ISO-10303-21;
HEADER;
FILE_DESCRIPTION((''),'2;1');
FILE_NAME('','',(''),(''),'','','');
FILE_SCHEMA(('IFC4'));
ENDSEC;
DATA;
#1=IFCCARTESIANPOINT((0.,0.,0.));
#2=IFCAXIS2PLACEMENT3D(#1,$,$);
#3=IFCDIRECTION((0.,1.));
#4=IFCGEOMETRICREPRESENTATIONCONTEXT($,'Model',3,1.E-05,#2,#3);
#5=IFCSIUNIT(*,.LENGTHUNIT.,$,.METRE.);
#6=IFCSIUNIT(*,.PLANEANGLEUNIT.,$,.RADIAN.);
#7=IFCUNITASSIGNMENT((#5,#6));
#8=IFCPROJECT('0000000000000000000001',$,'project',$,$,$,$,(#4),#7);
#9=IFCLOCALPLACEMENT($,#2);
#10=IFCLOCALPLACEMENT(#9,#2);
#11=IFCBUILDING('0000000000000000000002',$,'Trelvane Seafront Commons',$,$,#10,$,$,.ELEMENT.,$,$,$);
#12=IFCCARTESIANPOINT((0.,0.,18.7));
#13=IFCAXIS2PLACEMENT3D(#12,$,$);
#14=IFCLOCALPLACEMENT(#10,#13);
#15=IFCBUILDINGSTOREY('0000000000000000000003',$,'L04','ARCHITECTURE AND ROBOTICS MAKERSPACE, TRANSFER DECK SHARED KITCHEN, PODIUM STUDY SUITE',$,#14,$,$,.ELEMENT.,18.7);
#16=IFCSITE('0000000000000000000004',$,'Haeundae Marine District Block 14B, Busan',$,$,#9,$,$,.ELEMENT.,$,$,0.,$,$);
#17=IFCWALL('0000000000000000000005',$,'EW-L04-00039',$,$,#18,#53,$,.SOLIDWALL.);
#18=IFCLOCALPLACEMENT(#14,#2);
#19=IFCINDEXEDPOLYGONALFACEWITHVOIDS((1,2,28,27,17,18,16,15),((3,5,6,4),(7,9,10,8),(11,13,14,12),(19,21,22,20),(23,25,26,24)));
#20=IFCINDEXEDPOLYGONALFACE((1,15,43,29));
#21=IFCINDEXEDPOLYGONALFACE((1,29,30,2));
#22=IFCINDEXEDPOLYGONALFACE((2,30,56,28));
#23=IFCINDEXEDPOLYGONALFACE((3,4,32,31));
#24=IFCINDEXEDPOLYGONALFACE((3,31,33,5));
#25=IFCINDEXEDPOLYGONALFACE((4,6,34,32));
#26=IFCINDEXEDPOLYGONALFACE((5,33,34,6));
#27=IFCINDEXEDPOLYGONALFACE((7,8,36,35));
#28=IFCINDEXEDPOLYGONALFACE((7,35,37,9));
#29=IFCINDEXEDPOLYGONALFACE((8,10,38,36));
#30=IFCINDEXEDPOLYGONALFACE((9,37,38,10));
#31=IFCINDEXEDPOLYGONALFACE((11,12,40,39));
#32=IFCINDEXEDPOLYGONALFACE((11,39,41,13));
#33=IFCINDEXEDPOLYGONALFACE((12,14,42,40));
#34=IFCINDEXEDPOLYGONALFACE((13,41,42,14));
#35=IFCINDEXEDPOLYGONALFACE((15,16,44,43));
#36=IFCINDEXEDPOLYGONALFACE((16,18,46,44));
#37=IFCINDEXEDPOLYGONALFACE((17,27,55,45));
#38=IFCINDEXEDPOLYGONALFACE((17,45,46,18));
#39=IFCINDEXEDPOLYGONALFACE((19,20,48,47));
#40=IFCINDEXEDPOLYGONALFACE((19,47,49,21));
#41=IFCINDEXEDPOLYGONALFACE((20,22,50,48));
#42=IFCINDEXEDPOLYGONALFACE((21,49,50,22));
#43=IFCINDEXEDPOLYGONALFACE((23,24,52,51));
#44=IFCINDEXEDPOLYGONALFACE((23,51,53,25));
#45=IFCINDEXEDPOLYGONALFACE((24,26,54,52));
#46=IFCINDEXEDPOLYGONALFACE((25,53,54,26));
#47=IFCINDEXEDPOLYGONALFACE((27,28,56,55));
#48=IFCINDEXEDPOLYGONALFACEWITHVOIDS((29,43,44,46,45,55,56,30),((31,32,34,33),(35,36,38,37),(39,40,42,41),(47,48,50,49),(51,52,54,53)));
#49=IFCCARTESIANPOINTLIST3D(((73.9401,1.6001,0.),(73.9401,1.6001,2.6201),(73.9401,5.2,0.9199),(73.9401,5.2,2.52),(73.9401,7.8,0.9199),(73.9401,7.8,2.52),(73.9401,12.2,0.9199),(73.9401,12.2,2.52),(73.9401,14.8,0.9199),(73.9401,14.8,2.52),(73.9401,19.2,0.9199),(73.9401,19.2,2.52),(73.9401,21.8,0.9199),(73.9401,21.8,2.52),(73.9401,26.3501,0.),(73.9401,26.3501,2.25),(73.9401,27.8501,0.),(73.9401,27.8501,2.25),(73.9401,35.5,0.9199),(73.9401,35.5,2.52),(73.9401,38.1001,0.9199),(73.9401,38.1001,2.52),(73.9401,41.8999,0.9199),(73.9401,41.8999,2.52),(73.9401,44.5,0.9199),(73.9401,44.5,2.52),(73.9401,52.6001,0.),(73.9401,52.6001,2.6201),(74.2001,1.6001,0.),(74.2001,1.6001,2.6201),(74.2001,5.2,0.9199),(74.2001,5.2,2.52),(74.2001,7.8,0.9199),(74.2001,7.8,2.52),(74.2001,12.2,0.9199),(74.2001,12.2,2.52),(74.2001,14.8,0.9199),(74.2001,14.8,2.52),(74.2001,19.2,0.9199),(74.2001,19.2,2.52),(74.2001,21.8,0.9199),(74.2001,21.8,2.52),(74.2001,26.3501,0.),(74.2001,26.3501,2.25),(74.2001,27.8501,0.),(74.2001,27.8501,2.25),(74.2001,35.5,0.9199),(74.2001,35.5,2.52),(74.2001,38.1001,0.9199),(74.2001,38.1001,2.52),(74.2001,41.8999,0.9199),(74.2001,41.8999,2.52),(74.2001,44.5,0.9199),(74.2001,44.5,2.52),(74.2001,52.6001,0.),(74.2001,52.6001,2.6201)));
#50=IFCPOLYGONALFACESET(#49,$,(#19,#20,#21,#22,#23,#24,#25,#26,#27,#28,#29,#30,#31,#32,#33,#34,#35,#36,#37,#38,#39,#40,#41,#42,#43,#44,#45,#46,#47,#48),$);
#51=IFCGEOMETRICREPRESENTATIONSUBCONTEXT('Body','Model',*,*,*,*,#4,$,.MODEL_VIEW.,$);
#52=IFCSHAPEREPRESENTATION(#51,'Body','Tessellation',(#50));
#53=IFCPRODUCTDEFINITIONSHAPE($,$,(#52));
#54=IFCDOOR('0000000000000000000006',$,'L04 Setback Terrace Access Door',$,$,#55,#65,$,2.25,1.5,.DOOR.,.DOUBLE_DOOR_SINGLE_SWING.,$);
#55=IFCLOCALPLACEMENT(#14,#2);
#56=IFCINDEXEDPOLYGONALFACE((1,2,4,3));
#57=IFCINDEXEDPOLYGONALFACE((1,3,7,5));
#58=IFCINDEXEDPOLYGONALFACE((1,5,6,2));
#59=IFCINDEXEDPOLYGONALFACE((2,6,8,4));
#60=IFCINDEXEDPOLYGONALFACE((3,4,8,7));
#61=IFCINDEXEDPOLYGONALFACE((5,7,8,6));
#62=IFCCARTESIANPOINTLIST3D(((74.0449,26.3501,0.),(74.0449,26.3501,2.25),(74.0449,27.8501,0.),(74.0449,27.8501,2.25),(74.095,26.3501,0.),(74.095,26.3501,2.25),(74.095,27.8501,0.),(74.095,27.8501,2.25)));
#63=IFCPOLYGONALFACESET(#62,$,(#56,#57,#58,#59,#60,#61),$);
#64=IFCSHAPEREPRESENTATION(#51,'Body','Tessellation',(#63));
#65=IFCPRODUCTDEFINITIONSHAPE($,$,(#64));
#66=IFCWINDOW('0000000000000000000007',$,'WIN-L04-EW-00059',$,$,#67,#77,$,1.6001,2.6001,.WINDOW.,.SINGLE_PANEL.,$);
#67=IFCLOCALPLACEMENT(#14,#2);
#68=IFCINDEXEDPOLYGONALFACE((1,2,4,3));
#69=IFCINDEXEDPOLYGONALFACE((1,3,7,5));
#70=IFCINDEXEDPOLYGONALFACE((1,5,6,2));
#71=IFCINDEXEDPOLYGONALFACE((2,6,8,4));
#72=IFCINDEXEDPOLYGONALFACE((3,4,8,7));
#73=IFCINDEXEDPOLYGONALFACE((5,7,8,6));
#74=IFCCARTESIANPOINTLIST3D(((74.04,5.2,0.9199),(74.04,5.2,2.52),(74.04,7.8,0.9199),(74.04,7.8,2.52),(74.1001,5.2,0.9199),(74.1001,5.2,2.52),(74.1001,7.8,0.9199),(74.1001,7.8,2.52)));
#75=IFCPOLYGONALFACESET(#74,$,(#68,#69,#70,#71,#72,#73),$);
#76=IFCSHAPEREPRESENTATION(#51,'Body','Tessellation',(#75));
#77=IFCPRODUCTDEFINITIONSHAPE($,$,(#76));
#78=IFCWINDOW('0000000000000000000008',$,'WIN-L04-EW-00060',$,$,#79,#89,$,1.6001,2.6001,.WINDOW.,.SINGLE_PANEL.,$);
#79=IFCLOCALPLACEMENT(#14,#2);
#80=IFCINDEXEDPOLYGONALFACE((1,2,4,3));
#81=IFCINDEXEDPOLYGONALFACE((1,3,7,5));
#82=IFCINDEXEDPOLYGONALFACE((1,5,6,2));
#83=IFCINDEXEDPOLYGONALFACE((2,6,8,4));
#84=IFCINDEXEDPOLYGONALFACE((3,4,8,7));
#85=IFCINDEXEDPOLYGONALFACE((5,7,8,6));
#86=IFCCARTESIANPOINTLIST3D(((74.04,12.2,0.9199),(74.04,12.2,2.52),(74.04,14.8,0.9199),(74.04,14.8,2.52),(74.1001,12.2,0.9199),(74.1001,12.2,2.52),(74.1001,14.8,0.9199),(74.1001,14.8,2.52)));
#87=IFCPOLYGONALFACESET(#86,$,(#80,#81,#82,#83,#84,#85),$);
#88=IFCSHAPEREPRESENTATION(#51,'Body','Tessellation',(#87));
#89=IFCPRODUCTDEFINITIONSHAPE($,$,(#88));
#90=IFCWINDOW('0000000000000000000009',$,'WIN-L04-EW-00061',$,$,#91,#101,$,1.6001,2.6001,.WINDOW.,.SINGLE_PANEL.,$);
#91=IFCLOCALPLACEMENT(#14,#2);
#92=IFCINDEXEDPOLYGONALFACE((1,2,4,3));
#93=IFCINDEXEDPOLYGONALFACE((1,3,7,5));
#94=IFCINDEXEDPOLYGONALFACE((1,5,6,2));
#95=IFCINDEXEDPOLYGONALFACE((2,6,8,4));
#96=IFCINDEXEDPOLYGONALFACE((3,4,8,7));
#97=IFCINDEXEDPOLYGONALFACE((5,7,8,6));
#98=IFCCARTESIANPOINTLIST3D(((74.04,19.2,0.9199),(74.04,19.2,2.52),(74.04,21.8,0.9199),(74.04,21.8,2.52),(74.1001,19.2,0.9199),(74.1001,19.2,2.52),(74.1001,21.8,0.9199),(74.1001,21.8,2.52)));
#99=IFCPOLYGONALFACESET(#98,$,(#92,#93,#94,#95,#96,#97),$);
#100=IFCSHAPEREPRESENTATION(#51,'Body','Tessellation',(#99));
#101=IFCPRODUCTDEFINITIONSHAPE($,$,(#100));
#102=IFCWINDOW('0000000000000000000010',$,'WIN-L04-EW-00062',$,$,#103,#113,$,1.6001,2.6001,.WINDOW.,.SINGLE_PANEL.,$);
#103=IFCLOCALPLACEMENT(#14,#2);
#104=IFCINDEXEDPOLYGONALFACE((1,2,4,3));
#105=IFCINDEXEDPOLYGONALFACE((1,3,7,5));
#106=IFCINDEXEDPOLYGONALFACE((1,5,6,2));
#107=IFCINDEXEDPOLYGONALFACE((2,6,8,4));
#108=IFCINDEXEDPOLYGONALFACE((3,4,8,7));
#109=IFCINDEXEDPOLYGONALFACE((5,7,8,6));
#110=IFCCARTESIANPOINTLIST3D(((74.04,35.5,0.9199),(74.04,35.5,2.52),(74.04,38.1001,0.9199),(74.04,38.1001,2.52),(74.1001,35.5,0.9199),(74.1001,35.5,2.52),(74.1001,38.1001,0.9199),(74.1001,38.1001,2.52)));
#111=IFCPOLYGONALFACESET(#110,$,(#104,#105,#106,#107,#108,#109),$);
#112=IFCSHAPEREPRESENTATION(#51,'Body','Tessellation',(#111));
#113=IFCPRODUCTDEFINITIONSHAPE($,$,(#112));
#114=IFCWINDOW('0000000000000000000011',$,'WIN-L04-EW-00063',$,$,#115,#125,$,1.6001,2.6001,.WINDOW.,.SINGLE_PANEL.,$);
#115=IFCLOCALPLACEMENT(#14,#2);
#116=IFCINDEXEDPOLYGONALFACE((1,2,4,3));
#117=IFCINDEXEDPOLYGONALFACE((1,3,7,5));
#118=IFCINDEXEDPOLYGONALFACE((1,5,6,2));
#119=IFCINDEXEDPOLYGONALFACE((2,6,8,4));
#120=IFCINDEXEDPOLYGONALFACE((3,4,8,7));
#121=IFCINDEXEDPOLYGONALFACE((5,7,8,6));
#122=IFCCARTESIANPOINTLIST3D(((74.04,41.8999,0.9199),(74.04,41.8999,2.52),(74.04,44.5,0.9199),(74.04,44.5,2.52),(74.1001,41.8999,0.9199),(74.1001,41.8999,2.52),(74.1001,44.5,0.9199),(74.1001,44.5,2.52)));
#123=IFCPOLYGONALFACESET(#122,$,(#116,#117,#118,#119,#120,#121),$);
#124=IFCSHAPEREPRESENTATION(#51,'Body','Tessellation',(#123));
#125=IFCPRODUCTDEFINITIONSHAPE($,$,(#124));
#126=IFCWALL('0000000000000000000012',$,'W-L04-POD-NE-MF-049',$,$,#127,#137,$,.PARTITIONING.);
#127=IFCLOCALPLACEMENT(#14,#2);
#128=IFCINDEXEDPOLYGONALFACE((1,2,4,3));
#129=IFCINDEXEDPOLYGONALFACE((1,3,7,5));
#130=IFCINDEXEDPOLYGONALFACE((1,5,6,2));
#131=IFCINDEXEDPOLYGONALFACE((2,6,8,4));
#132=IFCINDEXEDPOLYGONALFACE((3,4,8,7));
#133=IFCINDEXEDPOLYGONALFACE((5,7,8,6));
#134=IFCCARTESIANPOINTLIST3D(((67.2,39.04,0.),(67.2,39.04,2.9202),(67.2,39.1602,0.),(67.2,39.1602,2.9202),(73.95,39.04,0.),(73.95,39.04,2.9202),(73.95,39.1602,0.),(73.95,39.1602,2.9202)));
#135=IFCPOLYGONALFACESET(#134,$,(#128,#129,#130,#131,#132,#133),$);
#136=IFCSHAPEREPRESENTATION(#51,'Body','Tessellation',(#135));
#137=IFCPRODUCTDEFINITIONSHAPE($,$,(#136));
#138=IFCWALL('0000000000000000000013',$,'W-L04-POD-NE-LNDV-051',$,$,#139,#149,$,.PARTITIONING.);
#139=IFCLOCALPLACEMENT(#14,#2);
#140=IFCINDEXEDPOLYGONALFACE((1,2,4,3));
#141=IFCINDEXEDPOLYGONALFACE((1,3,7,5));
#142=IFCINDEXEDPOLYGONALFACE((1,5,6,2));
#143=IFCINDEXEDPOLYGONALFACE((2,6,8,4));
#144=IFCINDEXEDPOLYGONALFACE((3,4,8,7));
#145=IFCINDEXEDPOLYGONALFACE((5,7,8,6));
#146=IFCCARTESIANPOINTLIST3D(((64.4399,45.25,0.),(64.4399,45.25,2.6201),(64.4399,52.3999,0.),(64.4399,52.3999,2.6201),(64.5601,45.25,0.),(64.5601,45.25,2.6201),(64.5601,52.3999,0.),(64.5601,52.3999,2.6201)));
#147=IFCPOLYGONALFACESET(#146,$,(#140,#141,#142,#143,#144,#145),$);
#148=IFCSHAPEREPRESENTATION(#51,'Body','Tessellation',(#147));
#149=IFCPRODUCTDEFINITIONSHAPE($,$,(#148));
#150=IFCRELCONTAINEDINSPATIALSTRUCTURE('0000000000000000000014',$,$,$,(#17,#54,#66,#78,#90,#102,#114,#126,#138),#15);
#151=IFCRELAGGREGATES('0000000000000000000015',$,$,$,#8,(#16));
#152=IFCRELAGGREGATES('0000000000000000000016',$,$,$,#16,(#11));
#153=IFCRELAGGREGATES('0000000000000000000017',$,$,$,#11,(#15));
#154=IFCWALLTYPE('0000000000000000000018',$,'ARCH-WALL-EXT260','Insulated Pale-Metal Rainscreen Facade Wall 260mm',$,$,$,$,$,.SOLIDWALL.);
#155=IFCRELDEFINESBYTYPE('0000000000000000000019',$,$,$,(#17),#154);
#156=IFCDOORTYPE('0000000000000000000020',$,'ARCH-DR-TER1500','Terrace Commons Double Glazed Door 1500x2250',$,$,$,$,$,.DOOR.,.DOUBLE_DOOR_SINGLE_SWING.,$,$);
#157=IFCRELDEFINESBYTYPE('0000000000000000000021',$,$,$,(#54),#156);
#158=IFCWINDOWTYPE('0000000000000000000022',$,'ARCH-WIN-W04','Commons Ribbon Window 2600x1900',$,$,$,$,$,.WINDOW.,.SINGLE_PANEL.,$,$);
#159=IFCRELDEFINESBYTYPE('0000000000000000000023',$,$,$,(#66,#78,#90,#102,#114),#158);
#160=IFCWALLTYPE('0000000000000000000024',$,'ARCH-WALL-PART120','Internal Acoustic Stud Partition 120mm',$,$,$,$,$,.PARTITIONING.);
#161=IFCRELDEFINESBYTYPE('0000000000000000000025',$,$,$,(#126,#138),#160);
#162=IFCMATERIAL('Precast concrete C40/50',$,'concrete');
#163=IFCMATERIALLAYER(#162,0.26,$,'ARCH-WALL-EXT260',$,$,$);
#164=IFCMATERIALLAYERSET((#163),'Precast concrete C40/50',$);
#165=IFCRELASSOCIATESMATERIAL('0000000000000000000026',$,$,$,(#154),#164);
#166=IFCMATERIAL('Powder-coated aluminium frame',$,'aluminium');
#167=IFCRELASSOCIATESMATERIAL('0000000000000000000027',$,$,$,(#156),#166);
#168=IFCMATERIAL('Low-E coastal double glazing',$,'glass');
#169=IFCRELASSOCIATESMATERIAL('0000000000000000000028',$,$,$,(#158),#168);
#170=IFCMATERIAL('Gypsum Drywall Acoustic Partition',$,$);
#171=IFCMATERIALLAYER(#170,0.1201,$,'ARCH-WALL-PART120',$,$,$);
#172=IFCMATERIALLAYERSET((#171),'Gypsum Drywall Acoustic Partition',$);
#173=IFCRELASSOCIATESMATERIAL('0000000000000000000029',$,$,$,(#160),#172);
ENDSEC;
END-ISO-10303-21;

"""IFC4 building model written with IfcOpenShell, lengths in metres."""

from ifc_helpers import new_model, si_unit, direction, frame, frame_2d, origin, place, context, subcontext, project, spatial, rectangle, extrude, source, transform, mapped, material, layer, layer_set, type_object, element, fill, save


model = new_model("IFC4")

# Units and contexts
model_context = context("Model", 3, precision=1e-05, world=origin(), true_north=direction((0.0, 1.0)))
body_context = subcontext(model_context, "Body", "Model", "MODEL_VIEW")
ifc_project = project(units=[si_unit("LENGTHUNIT", "METRE"), si_unit("PLANEANGLEUNIT", "RADIAN")], contexts=[model_context])

# Site, building, storey
site_placement = place(None, origin())
site = spatial("IfcSite", under=ifc_project, at=site_placement, Name="Haeundae Marine District Block 14B, Busan", CompositionType="ELEMENT", RefElevation=0.0)
building_placement = place(site_placement, origin())
building = spatial("IfcBuilding", under=site, at=building_placement, Name="Trelvane Seafront Commons", CompositionType="ELEMENT")
storey_placement = place(building_placement, frame((0.0, 0.0, 18.7)))
storey = spatial("IfcBuildingStorey", under=building, at=storey_placement, Name="L04", Description="ARCHITECTURE AND ROBOTICS MAKERSPACE, TRANSFER DECK SHARED KITCHEN, PODIUM STUDY SUITE", CompositionType="ELEMENT", Elevation=18.7)

# Shared definitions
ifc_material_1 = material(Name="Low-E coastal double glazing", Category="glass")

# Shared definitions
ifc_material_2 = material(Name="Precast concrete C40/50", Category="concrete")
ifc_layer_1 = layer(ifc_material_2, 0.26, Name="ARCH-WALL-EXT260")
ifc_layer_set_1 = layer_set([ifc_layer_1], Name="Precast concrete C40/50")
wall_type_1 = type_object("IfcWallType", Name="ARCH-WALL-EXT260", Description="Insulated Pale-Metal Rainscreen Facade Wall 260mm", PredefinedType="SOLIDWALL", material=ifc_layer_set_1)

# Wall, openings, door, windows
wall_1_placement = place(storey_placement, frame((74.0701, 52.6001, 0.0), z_axis=(0.0, 0.0, 1.0), x_axis=(0.0, -1.0, 0.0)))
wall_1 = element("IfcWall", 1, at=wall_1_placement, inside=storey, type_object=wall_type_1, Name="EW-L04-00039", PredefinedType="SOLIDWALL", context=body_context, shape_type="SweptSolid", body=[
    extrude(rectangle(XDim=51.0, YDim=0.26, at=frame_2d((25.5, 0.0))), origin(), (0.0, 0.0, 1.0), 2.6201),
])
opening_1_placement = place(wall_1_placement, frame((24.75, 0.0, 0.0)))
opening_1 = element("IfcOpeningElement", 2, at=opening_1_placement, cuts=wall_1, PredefinedType="OPENING", context=body_context, shape_type="SweptSolid", body=[
    extrude(rectangle(XDim=1.5, YDim=2.25, at=frame_2d((0.75, 1.125))), frame((0.0, 0.1399, 0.0), z_axis=(0.0, -1.0, 0.0), x_axis=(1.0, 0.0, 0.0)), (0.0, 0.0, 1.0), 0.28),
])
opening_2_placement = place(wall_1_placement, frame((44.8, 0.0, 0.9199)))
opening_2 = element("IfcOpeningElement", 3, at=opening_2_placement, cuts=wall_1, PredefinedType="OPENING", context=body_context, shape_type="SweptSolid", body=[
    extrude(rectangle(XDim=2.6001, YDim=1.6001, at=frame_2d((1.3, 0.8))), frame((0.0, 0.1399, 0.0), z_axis=(0.0, -1.0, 0.0), x_axis=(1.0, 0.0, 0.0)), (0.0, 0.0, 1.0), 0.28),
])
opening_3_placement = place(wall_1_placement, frame((37.8, 0.0, 0.9199)))
opening_3 = element("IfcOpeningElement", 4, at=opening_3_placement, cuts=wall_1, PredefinedType="OPENING", context=body_context, shape_type="SweptSolid", body=[
    extrude(rectangle(XDim=2.6001, YDim=1.6001, at=frame_2d((1.3, 0.8))), frame((0.0, 0.1399, 0.0), z_axis=(0.0, -1.0, 0.0), x_axis=(1.0, 0.0, 0.0)), (0.0, 0.0, 1.0), 0.28),
])
opening_4_placement = place(wall_1_placement, frame((30.8, 0.0, 0.9199)))
opening_4 = element("IfcOpeningElement", 5, at=opening_4_placement, cuts=wall_1, PredefinedType="OPENING", context=body_context, shape_type="SweptSolid", body=[
    extrude(rectangle(XDim=2.6001, YDim=1.6001, at=frame_2d((1.3, 0.8))), frame((0.0, 0.1399, 0.0), z_axis=(0.0, -1.0, 0.0), x_axis=(1.0, 0.0, 0.0)), (0.0, 0.0, 1.0), 0.28),
])
opening_5_placement = place(wall_1_placement, frame((14.5, 0.0, 0.9199)))
opening_5 = element("IfcOpeningElement", 6, at=opening_5_placement, cuts=wall_1, PredefinedType="OPENING", context=body_context, shape_type="SweptSolid", body=[
    extrude(rectangle(XDim=2.6001, YDim=1.6001, at=frame_2d((1.3, 0.8))), frame((0.0, 0.1399, 0.0), z_axis=(0.0, -1.0, 0.0), x_axis=(1.0, 0.0, 0.0)), (0.0, 0.0, 1.0), 0.28),
])
opening_6_placement = place(wall_1_placement, frame((8.1001, 0.0, 0.9199)))
opening_6 = element("IfcOpeningElement", 7, at=opening_6_placement, cuts=wall_1, PredefinedType="OPENING", context=body_context, shape_type="SweptSolid", body=[
    extrude(rectangle(XDim=2.6001, YDim=1.6001, at=frame_2d((1.3, 0.8))), frame((0.0, 0.1399, 0.0), z_axis=(0.0, -1.0, 0.0), x_axis=(1.0, 0.0, 0.0)), (0.0, 0.0, 1.0), 0.28),
])
ifc_material_3 = material(Name="Powder-coated aluminium frame", Category="aluminium")
door_type_1 = type_object("IfcDoorType", Name="ARCH-DR-TER1500", Description="Terrace Commons Double Glazed Door 1500x2250", OperationType="DOUBLE_DOOR_SINGLE_SWING", PredefinedType="DOOR", material=ifc_material_3)
shared_shape_1 = source(origin(), body_context, "Body", "SweptSolid", [
    extrude(rectangle(XDim=1.5, YDim=2.25, at=frame_2d((0.75, 1.125))), frame((0.0, 0.0249, 0.0), z_axis=(0.0, -1.0, 0.0), x_axis=(1.0, 0.0, 0.0)), (0.0, 0.0, 1.0), 0.05),
])
door_1_placement = place(opening_1_placement, origin())
door_1 = element("IfcDoor", 8, at=door_1_placement, inside=storey, type_object=door_type_1, Name="L04 Setback Terrace Access Door", OperationType="DOUBLE_DOOR_SINGLE_SWING", OverallHeight=2.25, OverallWidth=1.5, PredefinedType="DOOR", context=body_context, shape_type="MappedRepresentation", body=[
    mapped(shared_shape_1, transform((0.0, 0.0, 0.0), x_axis=(1.0, 0.0, 0.0), y_axis=(0.0, 1.0, 0.0), z_axis=(0.0, 0.0, 1.0), scale=1.0)),
])
fill(opening_1, door_1)
window_type_1 = type_object("IfcWindowType", Name="ARCH-WIN-W04", Description="Commons Ribbon Window 2600x1900", PartitioningType="SINGLE_PANEL", PredefinedType="WINDOW", material=ifc_material_1)
shared_shape_2 = source(origin(), body_context, "Body", "SweptSolid", [
    extrude(rectangle(XDim=2.6001, YDim=1.6001, at=frame_2d((1.3, 0.8))), frame((0.0, 0.03, 0.0), z_axis=(0.0, -1.0, 0.0), x_axis=(1.0, 0.0, 0.0)), (0.0, 0.0, 1.0), 0.0601),
])
window_1_placement = place(opening_2_placement, origin())
window_1 = element("IfcWindow", 9, at=window_1_placement, inside=storey, type_object=window_type_1, Name="WIN-L04-EW-00059", OverallHeight=1.6001, OverallWidth=2.6001, PartitioningType="SINGLE_PANEL", PredefinedType="WINDOW", context=body_context, shape_type="MappedRepresentation", body=[
    mapped(shared_shape_2, transform((0.0, 0.0, 0.0), x_axis=(1.0, 0.0, 0.0), y_axis=(0.0, 1.0, 0.0), z_axis=(0.0, 0.0, 1.0), scale=1.0)),
])
fill(opening_2, window_1)
window_2_placement = place(opening_3_placement, origin())
window_2 = element("IfcWindow", 10, at=window_2_placement, inside=storey, type_object=window_type_1, Name="WIN-L04-EW-00060", OverallHeight=1.6001, OverallWidth=2.6001, PartitioningType="SINGLE_PANEL", PredefinedType="WINDOW", context=body_context, shape_type="MappedRepresentation", body=[
    mapped(shared_shape_2, transform((0.0, 0.0, 0.0), x_axis=(1.0, 0.0, 0.0), y_axis=(0.0, 1.0, 0.0), z_axis=(0.0, 0.0, 1.0), scale=1.0)),
])
fill(opening_3, window_2)
window_3_placement = place(opening_4_placement, origin())
window_3 = element("IfcWindow", 11, at=window_3_placement, inside=storey, type_object=window_type_1, Name="WIN-L04-EW-00061", OverallHeight=1.6001, OverallWidth=2.6001, PartitioningType="SINGLE_PANEL", PredefinedType="WINDOW", context=body_context, shape_type="MappedRepresentation", body=[
    mapped(shared_shape_2, transform((0.0, 0.0, 0.0), x_axis=(1.0, 0.0, 0.0), y_axis=(0.0, 1.0, 0.0), z_axis=(0.0, 0.0, 1.0), scale=1.0)),
])
fill(opening_4, window_3)
window_4_placement = place(opening_5_placement, origin())
window_4 = element("IfcWindow", 12, at=window_4_placement, inside=storey, type_object=window_type_1, Name="WIN-L04-EW-00062", OverallHeight=1.6001, OverallWidth=2.6001, PartitioningType="SINGLE_PANEL", PredefinedType="WINDOW", context=body_context, shape_type="MappedRepresentation", body=[
    mapped(shared_shape_2, transform((0.0, 0.0, 0.0), x_axis=(1.0, 0.0, 0.0), y_axis=(0.0, 1.0, 0.0), z_axis=(0.0, 0.0, 1.0), scale=1.0)),
])
fill(opening_5, window_4)
window_5_placement = place(opening_6_placement, origin())
window_5 = element("IfcWindow", 13, at=window_5_placement, inside=storey, type_object=window_type_1, Name="WIN-L04-EW-00063", OverallHeight=1.6001, OverallWidth=2.6001, PartitioningType="SINGLE_PANEL", PredefinedType="WINDOW", context=body_context, shape_type="MappedRepresentation", body=[
    mapped(shared_shape_2, transform((0.0, 0.0, 0.0), x_axis=(1.0, 0.0, 0.0), y_axis=(0.0, 1.0, 0.0), z_axis=(0.0, 0.0, 1.0), scale=1.0)),
])
fill(opening_6, window_5)

# Walls
ifc_material_4 = material(Name="Gypsum Drywall Acoustic Partition")
ifc_layer_2 = layer(ifc_material_4, 0.1201, Name="ARCH-WALL-PART120")
ifc_layer_set_2 = layer_set([ifc_layer_2], Name="Gypsum Drywall Acoustic Partition")
wall_type_2 = type_object("IfcWallType", Name="ARCH-WALL-PART120", Description="Internal Acoustic Stud Partition 120mm", PredefinedType="PARTITIONING", material=ifc_layer_set_2)
wall_2_placement = place(storey_placement, frame((67.2, 39.1001, 0.0), z_axis=(0.0, 0.0, 1.0), x_axis=(1.0, 0.0, 0.0)))
element("IfcWall", 14, at=wall_2_placement, inside=storey, type_object=wall_type_2, Name="W-L04-POD-NE-MF-049", PredefinedType="PARTITIONING", context=body_context, shape_type="SweptSolid", body=[
    extrude(rectangle(XDim=6.75, YDim=0.1201, at=frame_2d((3.375, 0.0))), origin(), (0.0, 0.0, 1.0), 2.9202),
])
wall_3_placement = place(storey_placement, frame((64.5, 45.25, 0.0), z_axis=(0.0, 0.0, 1.0), x_axis=(0.0, 1.0, 0.0)))
element("IfcWall", 15, at=wall_3_placement, inside=storey, type_object=wall_type_2, Name="W-L04-POD-NE-LNDV-051", PredefinedType="PARTITIONING", context=body_context, shape_type="SweptSolid", body=[
    extrude(rectangle(XDim=7.1499, YDim=0.1201, at=frame_2d((3.575, 0.0))), origin(), (0.0, 0.0, 1.0), 2.6201),
])

save(model, "model.ifc")
